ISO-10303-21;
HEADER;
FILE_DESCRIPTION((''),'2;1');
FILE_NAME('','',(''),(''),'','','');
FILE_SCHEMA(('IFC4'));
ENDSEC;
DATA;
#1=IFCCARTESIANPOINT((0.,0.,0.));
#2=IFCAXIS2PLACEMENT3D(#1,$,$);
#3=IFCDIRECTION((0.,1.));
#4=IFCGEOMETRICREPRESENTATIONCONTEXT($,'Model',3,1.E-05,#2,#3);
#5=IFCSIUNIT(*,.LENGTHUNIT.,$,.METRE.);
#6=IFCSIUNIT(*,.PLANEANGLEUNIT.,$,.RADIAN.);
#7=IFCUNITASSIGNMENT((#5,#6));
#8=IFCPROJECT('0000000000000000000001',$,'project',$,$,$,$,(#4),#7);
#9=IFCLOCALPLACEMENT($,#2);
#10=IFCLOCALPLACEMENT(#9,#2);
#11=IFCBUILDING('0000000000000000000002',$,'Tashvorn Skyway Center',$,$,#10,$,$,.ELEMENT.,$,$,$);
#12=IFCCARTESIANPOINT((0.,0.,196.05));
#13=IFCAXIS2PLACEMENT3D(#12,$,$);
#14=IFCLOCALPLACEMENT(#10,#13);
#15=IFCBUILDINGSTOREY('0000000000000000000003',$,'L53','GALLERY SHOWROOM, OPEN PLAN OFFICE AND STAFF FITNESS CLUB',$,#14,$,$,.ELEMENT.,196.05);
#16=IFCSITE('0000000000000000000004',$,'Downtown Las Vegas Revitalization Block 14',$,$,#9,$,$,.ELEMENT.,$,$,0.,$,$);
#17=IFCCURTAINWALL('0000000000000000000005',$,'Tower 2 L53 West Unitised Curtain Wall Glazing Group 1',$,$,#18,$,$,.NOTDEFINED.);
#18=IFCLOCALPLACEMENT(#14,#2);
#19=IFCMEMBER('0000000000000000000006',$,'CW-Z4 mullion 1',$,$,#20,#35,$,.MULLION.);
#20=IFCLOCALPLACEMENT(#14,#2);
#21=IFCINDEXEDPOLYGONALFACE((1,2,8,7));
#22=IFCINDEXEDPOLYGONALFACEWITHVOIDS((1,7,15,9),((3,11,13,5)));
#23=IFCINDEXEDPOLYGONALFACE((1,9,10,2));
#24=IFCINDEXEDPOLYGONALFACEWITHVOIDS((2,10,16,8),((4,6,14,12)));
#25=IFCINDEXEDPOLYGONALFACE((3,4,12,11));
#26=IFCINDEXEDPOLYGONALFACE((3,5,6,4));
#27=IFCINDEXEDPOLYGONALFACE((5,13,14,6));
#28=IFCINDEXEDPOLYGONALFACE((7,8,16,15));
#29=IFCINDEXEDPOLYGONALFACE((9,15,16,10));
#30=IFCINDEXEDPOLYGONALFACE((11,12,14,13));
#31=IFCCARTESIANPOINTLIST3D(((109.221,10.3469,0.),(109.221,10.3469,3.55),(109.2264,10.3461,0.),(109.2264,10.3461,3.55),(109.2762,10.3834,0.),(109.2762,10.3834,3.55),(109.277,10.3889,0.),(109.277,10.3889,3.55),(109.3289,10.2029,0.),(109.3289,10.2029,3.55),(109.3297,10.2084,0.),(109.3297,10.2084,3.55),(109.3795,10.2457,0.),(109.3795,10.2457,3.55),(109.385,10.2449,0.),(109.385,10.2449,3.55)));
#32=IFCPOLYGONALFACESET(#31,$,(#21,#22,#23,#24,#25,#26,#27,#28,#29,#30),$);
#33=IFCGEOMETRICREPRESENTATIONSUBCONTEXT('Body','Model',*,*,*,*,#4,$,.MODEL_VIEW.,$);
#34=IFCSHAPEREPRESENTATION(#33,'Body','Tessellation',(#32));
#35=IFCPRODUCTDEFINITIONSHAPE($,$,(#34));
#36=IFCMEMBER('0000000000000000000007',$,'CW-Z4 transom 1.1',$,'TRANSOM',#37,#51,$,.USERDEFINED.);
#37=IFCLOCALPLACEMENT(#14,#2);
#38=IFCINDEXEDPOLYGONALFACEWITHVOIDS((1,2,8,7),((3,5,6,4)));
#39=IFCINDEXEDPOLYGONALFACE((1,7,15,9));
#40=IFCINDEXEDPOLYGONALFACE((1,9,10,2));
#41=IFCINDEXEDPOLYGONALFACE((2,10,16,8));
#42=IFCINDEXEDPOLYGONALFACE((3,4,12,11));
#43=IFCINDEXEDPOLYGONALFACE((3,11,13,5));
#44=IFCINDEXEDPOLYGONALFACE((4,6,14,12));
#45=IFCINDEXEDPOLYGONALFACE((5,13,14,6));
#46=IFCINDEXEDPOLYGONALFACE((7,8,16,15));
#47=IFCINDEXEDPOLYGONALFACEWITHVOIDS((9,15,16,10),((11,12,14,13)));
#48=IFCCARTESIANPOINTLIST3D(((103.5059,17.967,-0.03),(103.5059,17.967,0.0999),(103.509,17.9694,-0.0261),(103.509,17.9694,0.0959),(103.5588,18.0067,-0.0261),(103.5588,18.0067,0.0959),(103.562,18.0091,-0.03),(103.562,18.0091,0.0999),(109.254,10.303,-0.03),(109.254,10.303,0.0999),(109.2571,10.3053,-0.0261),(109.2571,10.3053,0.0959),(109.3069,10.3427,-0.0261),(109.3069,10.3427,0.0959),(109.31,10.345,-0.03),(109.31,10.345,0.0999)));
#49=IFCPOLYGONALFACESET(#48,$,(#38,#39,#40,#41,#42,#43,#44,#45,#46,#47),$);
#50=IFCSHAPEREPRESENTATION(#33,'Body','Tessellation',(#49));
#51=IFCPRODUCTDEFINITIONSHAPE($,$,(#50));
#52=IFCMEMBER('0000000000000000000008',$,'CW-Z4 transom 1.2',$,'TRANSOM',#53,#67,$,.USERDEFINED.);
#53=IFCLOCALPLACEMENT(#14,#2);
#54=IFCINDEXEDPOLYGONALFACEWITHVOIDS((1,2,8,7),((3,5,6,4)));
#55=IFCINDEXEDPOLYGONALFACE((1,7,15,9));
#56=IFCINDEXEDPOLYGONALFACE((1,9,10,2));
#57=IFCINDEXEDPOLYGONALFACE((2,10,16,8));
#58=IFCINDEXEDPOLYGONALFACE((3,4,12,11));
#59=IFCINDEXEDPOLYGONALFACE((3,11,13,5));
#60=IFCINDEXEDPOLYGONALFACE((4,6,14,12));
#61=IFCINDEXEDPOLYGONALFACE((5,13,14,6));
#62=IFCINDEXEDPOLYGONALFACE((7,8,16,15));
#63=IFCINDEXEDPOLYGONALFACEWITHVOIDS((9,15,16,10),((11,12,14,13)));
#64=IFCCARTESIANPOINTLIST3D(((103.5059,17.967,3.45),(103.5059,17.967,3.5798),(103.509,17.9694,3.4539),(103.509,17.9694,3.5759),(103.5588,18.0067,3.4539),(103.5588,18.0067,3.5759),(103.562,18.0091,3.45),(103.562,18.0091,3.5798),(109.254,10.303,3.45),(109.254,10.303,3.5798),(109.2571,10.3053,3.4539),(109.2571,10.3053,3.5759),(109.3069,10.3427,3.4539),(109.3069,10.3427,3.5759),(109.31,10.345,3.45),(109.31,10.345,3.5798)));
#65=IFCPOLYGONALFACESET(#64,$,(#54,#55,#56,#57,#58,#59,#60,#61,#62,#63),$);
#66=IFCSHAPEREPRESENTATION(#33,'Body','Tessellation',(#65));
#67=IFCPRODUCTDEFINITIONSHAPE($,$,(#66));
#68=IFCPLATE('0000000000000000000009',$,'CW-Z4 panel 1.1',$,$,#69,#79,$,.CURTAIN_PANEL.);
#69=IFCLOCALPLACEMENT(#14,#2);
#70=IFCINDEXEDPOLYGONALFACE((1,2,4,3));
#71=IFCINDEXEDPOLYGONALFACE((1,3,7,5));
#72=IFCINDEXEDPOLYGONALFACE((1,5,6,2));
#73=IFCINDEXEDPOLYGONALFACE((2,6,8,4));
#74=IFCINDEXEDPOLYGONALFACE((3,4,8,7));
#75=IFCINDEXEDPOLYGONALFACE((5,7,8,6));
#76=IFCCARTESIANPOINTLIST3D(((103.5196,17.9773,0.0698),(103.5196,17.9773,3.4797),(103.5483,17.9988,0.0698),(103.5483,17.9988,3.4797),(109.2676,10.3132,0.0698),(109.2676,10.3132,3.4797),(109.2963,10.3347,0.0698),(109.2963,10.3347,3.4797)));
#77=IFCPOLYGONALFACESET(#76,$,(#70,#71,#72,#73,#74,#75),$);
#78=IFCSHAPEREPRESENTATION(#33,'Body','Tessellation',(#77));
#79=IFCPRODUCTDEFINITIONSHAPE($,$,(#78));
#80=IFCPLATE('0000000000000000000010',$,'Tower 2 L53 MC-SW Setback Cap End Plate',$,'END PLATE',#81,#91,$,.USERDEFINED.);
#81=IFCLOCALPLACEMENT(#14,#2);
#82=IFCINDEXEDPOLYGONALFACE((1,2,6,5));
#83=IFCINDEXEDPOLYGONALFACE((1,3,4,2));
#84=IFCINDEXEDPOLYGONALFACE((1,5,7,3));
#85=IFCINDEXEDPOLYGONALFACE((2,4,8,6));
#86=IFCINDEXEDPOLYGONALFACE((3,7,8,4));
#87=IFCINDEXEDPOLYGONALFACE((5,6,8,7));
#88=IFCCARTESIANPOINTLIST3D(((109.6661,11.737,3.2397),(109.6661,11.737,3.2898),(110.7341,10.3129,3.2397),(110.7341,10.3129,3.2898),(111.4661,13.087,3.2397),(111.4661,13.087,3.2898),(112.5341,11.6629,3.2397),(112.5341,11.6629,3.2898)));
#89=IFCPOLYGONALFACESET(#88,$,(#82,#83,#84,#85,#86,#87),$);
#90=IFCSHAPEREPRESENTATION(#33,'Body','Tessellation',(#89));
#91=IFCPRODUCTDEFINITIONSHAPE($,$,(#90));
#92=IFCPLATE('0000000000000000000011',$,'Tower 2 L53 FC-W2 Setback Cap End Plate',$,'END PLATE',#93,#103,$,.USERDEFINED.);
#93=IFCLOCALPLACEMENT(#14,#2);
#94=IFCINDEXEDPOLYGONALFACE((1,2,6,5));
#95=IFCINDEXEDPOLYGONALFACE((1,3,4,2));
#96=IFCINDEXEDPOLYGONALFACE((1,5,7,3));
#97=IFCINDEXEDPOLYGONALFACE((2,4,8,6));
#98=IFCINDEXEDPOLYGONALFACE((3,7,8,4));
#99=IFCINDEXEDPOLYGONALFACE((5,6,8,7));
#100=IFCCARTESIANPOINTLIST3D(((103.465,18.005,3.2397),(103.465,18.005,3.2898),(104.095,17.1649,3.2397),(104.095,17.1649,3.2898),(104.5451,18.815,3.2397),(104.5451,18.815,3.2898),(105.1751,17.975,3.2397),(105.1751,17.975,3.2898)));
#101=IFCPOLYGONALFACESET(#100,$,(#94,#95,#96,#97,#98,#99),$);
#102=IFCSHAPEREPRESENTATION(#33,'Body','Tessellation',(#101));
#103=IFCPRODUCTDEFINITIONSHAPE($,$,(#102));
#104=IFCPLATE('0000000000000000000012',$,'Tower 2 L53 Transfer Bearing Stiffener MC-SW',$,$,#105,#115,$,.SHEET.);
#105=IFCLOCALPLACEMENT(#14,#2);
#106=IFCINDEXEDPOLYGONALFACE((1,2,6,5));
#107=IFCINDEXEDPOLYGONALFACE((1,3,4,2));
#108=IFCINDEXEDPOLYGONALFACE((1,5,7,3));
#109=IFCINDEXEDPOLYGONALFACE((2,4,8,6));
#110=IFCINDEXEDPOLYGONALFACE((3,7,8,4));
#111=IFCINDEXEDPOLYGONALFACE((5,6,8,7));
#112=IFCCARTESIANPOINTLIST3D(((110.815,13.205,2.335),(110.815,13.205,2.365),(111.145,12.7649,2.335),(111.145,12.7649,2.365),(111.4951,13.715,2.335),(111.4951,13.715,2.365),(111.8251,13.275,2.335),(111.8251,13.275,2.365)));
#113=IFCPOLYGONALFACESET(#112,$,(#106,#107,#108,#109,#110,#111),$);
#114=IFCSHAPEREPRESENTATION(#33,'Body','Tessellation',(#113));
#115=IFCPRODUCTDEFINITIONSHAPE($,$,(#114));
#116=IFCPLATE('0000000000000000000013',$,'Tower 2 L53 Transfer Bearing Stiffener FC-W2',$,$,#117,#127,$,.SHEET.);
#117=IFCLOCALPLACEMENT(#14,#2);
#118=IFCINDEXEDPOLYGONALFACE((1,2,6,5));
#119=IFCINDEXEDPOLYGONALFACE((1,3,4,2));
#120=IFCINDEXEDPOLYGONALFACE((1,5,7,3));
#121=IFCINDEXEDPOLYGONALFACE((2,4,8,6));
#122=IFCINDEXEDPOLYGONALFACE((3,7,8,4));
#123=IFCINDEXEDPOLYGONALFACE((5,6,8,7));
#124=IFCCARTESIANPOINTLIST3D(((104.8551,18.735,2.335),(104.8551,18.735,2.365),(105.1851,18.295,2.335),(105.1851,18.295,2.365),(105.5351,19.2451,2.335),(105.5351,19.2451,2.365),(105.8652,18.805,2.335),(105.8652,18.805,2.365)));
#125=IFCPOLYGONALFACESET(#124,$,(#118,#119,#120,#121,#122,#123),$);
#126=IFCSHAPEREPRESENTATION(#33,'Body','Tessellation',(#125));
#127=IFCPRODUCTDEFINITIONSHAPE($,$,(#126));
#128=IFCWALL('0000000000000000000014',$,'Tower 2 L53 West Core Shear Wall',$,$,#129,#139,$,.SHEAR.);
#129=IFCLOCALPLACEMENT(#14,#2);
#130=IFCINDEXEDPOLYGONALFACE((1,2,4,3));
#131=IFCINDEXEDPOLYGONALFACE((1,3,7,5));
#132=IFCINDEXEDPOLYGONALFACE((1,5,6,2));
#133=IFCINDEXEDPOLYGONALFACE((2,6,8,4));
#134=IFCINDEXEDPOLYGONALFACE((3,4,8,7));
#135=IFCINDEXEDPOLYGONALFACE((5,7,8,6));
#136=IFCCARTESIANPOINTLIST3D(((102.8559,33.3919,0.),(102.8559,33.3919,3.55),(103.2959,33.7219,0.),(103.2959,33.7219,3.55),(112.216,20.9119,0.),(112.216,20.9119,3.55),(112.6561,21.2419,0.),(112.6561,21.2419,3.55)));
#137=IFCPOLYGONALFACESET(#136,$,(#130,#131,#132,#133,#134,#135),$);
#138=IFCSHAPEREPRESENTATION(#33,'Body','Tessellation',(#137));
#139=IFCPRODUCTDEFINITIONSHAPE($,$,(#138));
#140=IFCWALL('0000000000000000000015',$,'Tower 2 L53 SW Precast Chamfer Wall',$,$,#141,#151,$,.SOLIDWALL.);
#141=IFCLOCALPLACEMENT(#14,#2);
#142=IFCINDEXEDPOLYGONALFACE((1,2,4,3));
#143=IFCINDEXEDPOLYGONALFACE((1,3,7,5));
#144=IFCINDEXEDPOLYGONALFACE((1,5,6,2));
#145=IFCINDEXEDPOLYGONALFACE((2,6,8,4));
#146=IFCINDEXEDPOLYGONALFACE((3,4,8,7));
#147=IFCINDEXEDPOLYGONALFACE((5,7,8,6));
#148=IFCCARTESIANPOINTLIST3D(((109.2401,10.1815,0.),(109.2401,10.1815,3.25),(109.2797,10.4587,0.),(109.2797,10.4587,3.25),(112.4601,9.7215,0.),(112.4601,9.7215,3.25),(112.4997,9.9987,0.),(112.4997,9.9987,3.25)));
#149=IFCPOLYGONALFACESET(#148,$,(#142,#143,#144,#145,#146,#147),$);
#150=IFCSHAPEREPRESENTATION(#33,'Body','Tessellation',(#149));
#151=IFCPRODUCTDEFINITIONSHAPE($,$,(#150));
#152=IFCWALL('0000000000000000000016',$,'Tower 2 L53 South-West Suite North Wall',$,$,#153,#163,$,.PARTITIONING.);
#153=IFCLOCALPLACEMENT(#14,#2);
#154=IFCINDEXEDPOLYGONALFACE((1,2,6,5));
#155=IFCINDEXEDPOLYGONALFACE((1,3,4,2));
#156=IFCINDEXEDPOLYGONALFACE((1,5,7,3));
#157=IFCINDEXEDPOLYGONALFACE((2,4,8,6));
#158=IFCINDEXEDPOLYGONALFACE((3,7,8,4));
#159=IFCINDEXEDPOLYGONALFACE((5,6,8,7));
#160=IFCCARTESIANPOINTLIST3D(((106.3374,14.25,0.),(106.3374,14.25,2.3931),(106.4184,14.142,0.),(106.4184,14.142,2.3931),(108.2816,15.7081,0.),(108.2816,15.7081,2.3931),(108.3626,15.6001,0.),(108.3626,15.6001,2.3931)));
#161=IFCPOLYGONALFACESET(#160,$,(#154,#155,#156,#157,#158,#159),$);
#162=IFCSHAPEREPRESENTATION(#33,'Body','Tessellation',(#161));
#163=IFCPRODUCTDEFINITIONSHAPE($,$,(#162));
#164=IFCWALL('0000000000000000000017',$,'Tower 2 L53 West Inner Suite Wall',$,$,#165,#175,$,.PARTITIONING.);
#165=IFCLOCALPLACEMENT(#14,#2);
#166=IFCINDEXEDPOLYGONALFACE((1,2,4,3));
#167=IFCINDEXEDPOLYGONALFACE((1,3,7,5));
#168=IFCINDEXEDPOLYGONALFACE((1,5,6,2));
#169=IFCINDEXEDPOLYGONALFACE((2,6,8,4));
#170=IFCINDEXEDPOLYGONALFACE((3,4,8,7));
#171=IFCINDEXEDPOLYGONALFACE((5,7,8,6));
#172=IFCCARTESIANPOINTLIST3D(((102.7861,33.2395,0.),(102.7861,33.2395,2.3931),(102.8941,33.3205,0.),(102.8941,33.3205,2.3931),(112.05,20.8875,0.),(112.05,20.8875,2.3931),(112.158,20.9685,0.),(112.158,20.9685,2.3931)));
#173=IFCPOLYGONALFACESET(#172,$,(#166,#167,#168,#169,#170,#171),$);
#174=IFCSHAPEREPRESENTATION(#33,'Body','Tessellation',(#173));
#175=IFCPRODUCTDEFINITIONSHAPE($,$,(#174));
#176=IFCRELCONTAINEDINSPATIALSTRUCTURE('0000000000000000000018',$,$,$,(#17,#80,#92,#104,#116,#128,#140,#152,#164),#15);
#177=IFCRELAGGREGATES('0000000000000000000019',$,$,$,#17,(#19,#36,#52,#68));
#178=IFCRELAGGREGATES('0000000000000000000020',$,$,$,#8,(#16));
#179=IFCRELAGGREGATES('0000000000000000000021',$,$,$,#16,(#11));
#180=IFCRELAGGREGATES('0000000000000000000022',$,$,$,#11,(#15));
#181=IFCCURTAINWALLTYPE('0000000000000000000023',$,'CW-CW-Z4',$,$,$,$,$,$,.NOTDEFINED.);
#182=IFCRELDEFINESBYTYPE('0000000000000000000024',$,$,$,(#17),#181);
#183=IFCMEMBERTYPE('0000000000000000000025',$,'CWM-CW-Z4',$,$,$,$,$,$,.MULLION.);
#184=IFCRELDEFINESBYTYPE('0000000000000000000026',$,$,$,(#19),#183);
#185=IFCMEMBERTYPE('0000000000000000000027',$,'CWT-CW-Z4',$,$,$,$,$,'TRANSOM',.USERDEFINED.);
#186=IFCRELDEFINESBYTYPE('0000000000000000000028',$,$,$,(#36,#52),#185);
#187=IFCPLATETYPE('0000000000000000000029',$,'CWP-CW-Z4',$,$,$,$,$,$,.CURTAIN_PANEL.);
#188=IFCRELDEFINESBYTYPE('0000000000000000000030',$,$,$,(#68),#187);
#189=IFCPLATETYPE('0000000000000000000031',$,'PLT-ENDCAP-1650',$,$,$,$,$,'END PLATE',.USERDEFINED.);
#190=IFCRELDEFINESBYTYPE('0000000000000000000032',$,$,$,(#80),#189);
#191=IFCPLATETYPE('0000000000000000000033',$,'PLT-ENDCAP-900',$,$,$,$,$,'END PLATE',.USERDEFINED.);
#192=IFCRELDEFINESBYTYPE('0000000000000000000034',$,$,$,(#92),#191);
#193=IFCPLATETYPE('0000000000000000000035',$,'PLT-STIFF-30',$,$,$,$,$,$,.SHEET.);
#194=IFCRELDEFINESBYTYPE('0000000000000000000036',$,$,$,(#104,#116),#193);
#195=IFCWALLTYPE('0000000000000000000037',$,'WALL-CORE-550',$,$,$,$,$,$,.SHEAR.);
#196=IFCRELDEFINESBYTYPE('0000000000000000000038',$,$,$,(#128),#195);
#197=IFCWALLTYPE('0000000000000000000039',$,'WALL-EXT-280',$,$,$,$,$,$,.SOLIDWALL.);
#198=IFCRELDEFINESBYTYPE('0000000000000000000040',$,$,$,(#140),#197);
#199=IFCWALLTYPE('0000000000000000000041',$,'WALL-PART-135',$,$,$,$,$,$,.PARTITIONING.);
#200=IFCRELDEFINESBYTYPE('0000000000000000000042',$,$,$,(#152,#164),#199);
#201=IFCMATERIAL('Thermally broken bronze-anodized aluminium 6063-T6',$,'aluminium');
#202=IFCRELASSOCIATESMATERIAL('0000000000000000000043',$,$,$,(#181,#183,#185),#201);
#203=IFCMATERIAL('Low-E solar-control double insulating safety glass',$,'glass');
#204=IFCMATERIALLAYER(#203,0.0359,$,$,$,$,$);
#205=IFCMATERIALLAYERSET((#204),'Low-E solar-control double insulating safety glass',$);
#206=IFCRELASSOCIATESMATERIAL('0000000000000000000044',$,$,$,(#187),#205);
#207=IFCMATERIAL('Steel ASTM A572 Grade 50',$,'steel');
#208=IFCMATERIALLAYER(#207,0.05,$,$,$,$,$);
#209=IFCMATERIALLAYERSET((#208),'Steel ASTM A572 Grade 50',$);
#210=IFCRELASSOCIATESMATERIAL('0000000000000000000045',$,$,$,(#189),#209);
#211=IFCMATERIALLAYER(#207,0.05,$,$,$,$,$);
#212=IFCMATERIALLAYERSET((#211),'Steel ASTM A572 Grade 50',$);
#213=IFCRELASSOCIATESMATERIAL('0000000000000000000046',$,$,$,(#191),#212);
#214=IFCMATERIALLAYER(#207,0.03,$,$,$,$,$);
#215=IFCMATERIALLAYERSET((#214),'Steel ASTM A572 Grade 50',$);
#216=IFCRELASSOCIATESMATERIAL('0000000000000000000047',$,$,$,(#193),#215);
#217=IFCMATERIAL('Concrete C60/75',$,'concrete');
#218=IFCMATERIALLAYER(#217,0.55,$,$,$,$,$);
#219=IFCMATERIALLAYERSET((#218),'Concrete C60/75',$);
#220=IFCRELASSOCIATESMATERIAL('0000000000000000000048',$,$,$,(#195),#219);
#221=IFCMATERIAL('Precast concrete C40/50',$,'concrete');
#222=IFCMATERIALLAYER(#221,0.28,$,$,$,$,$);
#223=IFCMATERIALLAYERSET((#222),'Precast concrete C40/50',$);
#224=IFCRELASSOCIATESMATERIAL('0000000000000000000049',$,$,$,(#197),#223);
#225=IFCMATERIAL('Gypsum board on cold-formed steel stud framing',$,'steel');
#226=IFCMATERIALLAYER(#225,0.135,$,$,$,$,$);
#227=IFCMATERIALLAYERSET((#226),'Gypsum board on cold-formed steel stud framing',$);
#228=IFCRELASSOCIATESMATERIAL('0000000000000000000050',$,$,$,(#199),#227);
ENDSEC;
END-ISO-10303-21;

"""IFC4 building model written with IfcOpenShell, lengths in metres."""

from ifc_helpers import new_model, si_unit, direction, frame, frame_2d, origin, origin_2d, place, context, subcontext, project, spatial, rectangle, hollow_rectangle, extrude, material, layer, layer_set, material_profile, profile_set, type_object, element, aggregate, save


model = new_model("IFC4")

# Units and contexts
model_context = context("Model", 3, precision=1e-05, world=origin(), true_north=direction((0.0, 1.0)))
body_context = subcontext(model_context, "Body", "Model", "MODEL_VIEW")
ifc_project = project(units=[si_unit("LENGTHUNIT", "METRE"), si_unit("PLANEANGLEUNIT", "RADIAN")], contexts=[model_context])

# Site, building, storey
site_placement = place(None, origin())
site = spatial("IfcSite", under=ifc_project, at=site_placement, Name="Downtown Las Vegas Revitalization Block 14", CompositionType="ELEMENT", RefElevation=0.0)
building_placement = place(site_placement, origin())
building = spatial("IfcBuilding", under=site, at=building_placement, Name="Tashvorn Skyway Center", CompositionType="ELEMENT")
storey_placement = place(building_placement, frame((0.0, 0.0, 196.05)))
storey = spatial("IfcBuildingStorey", under=building, at=storey_placement, Name="L53", Description="GALLERY SHOWROOM, OPEN PLAN OFFICE AND STAFF FITNESS CLUB", CompositionType="ELEMENT", Elevation=196.05)

# Shared definitions
ifc_material_1 = material(Name="Steel ASTM A572 Grade 50", Category="steel")

# Shared definitions
ifc_material_2 = material(Name="Concrete C60/75", Category="concrete")

# Shared definitions
ifc_material_3 = material(Name="Thermally broken bronze-anodized aluminium 6063-T6", Category="aluminium")
curtain_wall_type = type_object("IfcCurtainWallType", Name="CW-CW-Z4", PredefinedType="NOTDEFINED", material=ifc_material_3)
ifc_material_profile_1 = material_profile(ifc_material_3, hollow_rectangle(XDim=0.0701, YDim=0.1799, WallThickness=0.0039, at=origin_2d()), Name="ALU-MULL-70x180")
ifc_profile_set_1 = profile_set([ifc_material_profile_1], Name="Thermally broken bronze-anodized aluminium 6063-T6")
member_type_1 = type_object("IfcMemberType", Name="CWM-CW-Z4", PredefinedType="MULLION", material=ifc_profile_set_1)

# Curtain wall, members, plate
curtain_wall_1_placement = place(storey_placement, origin())
curtain_wall_1 = element("IfcCurtainWall", 1, at=curtain_wall_1_placement, inside=storey, type_object=curtain_wall_type, Name="Tower 2 L53 West Unitised Curtain Wall Glazing Group 1", PredefinedType="NOTDEFINED")
member_1_placement = place(storey_placement, frame((109.303, 10.2959, 0.0), z_axis=(0.0, 0.0, 1.0), x_axis=(-0.8, -0.6, 0.0)))
member_1 = element("IfcMember", 2, at=member_1_placement, type_object=member_type_1, Name="CW-Z4 mullion 1", PredefinedType="MULLION", context=body_context, shape_type="SweptSolid", body=[
    extrude(hollow_rectangle(XDim=0.0701, YDim=0.1799, WallThickness=0.0039, at=origin_2d()), origin(), (0.0, 0.0, 1.0), 3.55),
])
ifc_material_profile_2 = material_profile(ifc_material_3, hollow_rectangle(XDim=0.0701, YDim=0.1299, WallThickness=0.0039, at=origin_2d()), Name="ALU-TRAN-70x130")
ifc_profile_set_2 = profile_set([ifc_material_profile_2], Name="Thermally broken bronze-anodized aluminium 6063-T6")
member_type_2 = type_object("IfcMemberType", Name="CWT-CW-Z4", ElementType="TRANSOM", PredefinedType="USERDEFINED", material=ifc_profile_set_2)
member_2_placement = place(storey_placement, frame((109.282, 10.324, 0.0349), z_axis=(-0.6, 0.8, 0.0), x_axis=(-0.8, -0.6, 0.0)))
member_2 = element("IfcMember", 3, at=member_2_placement, type_object=member_type_2, Name="CW-Z4 transom 1.1", ObjectType="TRANSOM", PredefinedType="USERDEFINED", context=body_context, shape_type="SweptSolid", body=[
    extrude(hollow_rectangle(XDim=0.0701, YDim=0.1299, WallThickness=0.0039, at=origin_2d()), origin(), (0.0, 0.0, 1.0), 9.5801),
])
member_3_placement = place(storey_placement, frame((109.282, 10.324, 3.5149), z_axis=(-0.6, 0.8, 0.0), x_axis=(-0.8, -0.6, 0.0)))
member_3 = element("IfcMember", 4, at=member_3_placement, type_object=member_type_2, Name="CW-Z4 transom 1.2", ObjectType="TRANSOM", PredefinedType="USERDEFINED", context=body_context, shape_type="SweptSolid", body=[
    extrude(hollow_rectangle(XDim=0.0701, YDim=0.1299, WallThickness=0.0039, at=origin_2d()), origin(), (0.0, 0.0, 1.0), 9.5801),
])
ifc_material_4 = material(Name="Low-E solar-control double insulating safety glass", Category="glass")
ifc_layer_1 = layer(ifc_material_4, 0.0359)
ifc_layer_set_1 = layer_set([ifc_layer_1], Name="Low-E solar-control double insulating safety glass")
plate_type_1 = type_object("IfcPlateType", Name="CWP-CW-Z4", PredefinedType="CURTAIN_PANEL", material=ifc_layer_set_1)
plate_1_placement = place(storey_placement, frame((106.408, 14.156, 0.0698), z_axis=(0.0, 0.0, 1.0), x_axis=(-0.6, 0.8, 0.0)))
plate_1 = element("IfcPlate", 5, at=plate_1_placement, type_object=plate_type_1, Name="CW-Z4 panel 1.1", PredefinedType="CURTAIN_PANEL", context=body_context, shape_type="SweptSolid", body=[
    extrude(rectangle(XDim=9.5801, YDim=0.0359, at=origin_2d()), origin(), (0.0, 0.0, 1.0), 3.4099),
])
aggregate(curtain_wall_1, [member_1, member_2, member_3, plate_1])

# Plates
ifc_layer_2 = layer(ifc_material_1, 0.05)
ifc_layer_set_2 = layer_set([ifc_layer_2], Name="Steel ASTM A572 Grade 50")
plate_type_2 = type_object("IfcPlateType", Name="PLT-ENDCAP-1650", ElementType="END PLATE", PredefinedType="USERDEFINED", material=ifc_layer_set_2)
plate_2_placement = place(storey_placement, frame((111.1001, 11.7, 3.2397), z_axis=(0.0, 0.0, 1.0), x_axis=(0.8, 0.6, 0.0)))
element("IfcPlate", 6, at=plate_2_placement, inside=storey, type_object=plate_type_2, Name="Tower 2 L53 MC-SW Setback Cap End Plate", ObjectType="END PLATE", PredefinedType="USERDEFINED", context=body_context, shape_type="SweptSolid", body=[
    extrude(rectangle(XDim=2.25, YDim=1.78, at=origin_2d()), origin(), (0.0, 0.0, 1.0), 0.05),
])
ifc_layer_3 = layer(ifc_material_1, 0.05)
ifc_layer_set_3 = layer_set([ifc_layer_3], Name="Steel ASTM A572 Grade 50")
plate_type_3 = type_object("IfcPlateType", Name="PLT-ENDCAP-900", ElementType="END PLATE", PredefinedType="USERDEFINED", material=ifc_layer_set_3)
plate_3_placement = place(storey_placement, frame((104.3201, 17.99, 3.2397), z_axis=(0.0, 0.0, 1.0), x_axis=(0.8, 0.6, 0.0)))
element("IfcPlate", 7, at=plate_3_placement, inside=storey, type_object=plate_type_3, Name="Tower 2 L53 FC-W2 Setback Cap End Plate", ObjectType="END PLATE", PredefinedType="USERDEFINED", context=body_context, shape_type="SweptSolid", body=[
    extrude(rectangle(XDim=1.3501, YDim=1.05, at=origin_2d()), origin(), (0.0, 0.0, 1.0), 0.05),
])
ifc_layer_4 = layer(ifc_material_1, 0.03)
ifc_layer_set_4 = layer_set([ifc_layer_4], Name="Steel ASTM A572 Grade 50")
plate_type_4 = type_object("IfcPlateType", Name="PLT-STIFF-30", PredefinedType="SHEET", material=ifc_layer_set_4)
for number, where, z_axis, x_axis, name in (
    (8, (111.3201, 13.24, 2.335), (0.0, 0.0, 1.0), (0.8, 0.6, 0.0), "Tower 2 L53 Transfer Bearing Stiffener MC-SW"),
    (9, (105.3601, 18.77, 2.335), (0.0, 0.0, 1.0), (0.8, 0.6, 0.0), "Tower 2 L53 Transfer Bearing Stiffener FC-W2"),
):
    element("IfcPlate", number, at=place(storey_placement, frame(where, z_axis=z_axis, x_axis=x_axis)), inside=storey, type_object=plate_type_4, Name=name, PredefinedType="SHEET", context=body_context, shape_type="SweptSolid", body=[
        extrude(rectangle(XDim=0.8501, YDim=0.55, at=origin_2d()), origin(), (0.0, 0.0, 1.0), 0.03),
    ])

# Walls
ifc_layer_5 = layer(ifc_material_2, 0.55)
ifc_layer_set_5 = layer_set([ifc_layer_5], Name="Concrete C60/75")
wall_type_1 = type_object("IfcWallType", Name="WALL-CORE-550", PredefinedType="SHEAR", material=ifc_layer_set_5)
wall_1_placement = place(storey_placement, frame((112.436, 21.0769, 0.0), z_axis=(0.0, 0.0, 1.0), x_axis=(-0.600005, 0.799996, 0.0)))
element("IfcWall", 10, at=wall_1_placement, inside=storey, type_object=wall_type_1, Name="Tower 2 L53 West Core Shear Wall", PredefinedType="SHEAR", context=body_context, shape_type="SweptSolid", body=[
    extrude(rectangle(XDim=15.6001, YDim=0.55, at=frame_2d((7.8, 0.0))), origin(), (0.0, 0.0, 1.0), 3.55),
])
ifc_material_5 = material(Name="Precast concrete C40/50", Category="concrete")
ifc_layer_6 = layer(ifc_material_5, 0.28)
ifc_layer_set_6 = layer_set([ifc_layer_6], Name="Precast concrete C40/50")
wall_type_2 = type_object("IfcWallType", Name="WALL-EXT-280", PredefinedType="SOLIDWALL", material=ifc_layer_set_6)
wall_2_placement = place(storey_placement, frame((112.48, 9.8601, 0.0), z_axis=(0.0, 0.0, 1.0), x_axis=(-0.989951, 0.141411, 0.0)))
element("IfcWall", 11, at=wall_2_placement, inside=storey, type_object=wall_type_2, Name="Tower 2 L53 SW Precast Chamfer Wall", PredefinedType="SOLIDWALL", context=body_context, shape_type="SweptSolid", body=[
    extrude(rectangle(XDim=3.2527, YDim=0.28, at=frame_2d((1.6265, 0.0))), origin(), (0.0, 0.0, 1.0), 3.25),
])
ifc_material_6 = material(Name="Gypsum board on cold-formed steel stud framing", Category="steel")
ifc_layer_7 = layer(ifc_material_6, 0.135)
ifc_layer_set_7 = layer_set([ifc_layer_7], Name="Gypsum board on cold-formed steel stud framing")
wall_type_3 = type_object("IfcWallType", Name="WALL-PART-135", PredefinedType="PARTITIONING", material=ifc_layer_set_7)
wall_3_placement = place(storey_placement, frame((106.3779, 14.196, 0.0), z_axis=(0.0, 0.0, 1.0), x_axis=(0.800012, 0.599984, 0.0)))
element("IfcWall", 12, at=wall_3_placement, inside=storey, type_object=wall_type_3, Name="Tower 2 L53 South-West Suite North Wall", PredefinedType="PARTITIONING", context=body_context, shape_type="SweptSolid", body=[
    extrude(rectangle(XDim=2.4302, YDim=0.135, at=frame_2d((1.2151, 0.0))), origin(), (0.0, 0.0, 1.0), 2.3931),
])
wall_4_placement = place(storey_placement, frame((112.104, 20.928, 0.0), z_axis=(0.0, 0.0, 1.0), x_axis=(-0.599995, 0.800004, 0.0)))
element("IfcWall", 13, at=wall_4_placement, inside=storey, type_object=wall_type_3, Name="Tower 2 L53 West Inner Suite Wall", PredefinedType="PARTITIONING", context=body_context, shape_type="SweptSolid", body=[
    extrude(rectangle(XDim=15.4399, YDim=0.135, at=frame_2d((7.72, 0.0))), origin(), (0.0, 0.0, 1.0), 2.3931),
])

save(model, "model.ifc")
